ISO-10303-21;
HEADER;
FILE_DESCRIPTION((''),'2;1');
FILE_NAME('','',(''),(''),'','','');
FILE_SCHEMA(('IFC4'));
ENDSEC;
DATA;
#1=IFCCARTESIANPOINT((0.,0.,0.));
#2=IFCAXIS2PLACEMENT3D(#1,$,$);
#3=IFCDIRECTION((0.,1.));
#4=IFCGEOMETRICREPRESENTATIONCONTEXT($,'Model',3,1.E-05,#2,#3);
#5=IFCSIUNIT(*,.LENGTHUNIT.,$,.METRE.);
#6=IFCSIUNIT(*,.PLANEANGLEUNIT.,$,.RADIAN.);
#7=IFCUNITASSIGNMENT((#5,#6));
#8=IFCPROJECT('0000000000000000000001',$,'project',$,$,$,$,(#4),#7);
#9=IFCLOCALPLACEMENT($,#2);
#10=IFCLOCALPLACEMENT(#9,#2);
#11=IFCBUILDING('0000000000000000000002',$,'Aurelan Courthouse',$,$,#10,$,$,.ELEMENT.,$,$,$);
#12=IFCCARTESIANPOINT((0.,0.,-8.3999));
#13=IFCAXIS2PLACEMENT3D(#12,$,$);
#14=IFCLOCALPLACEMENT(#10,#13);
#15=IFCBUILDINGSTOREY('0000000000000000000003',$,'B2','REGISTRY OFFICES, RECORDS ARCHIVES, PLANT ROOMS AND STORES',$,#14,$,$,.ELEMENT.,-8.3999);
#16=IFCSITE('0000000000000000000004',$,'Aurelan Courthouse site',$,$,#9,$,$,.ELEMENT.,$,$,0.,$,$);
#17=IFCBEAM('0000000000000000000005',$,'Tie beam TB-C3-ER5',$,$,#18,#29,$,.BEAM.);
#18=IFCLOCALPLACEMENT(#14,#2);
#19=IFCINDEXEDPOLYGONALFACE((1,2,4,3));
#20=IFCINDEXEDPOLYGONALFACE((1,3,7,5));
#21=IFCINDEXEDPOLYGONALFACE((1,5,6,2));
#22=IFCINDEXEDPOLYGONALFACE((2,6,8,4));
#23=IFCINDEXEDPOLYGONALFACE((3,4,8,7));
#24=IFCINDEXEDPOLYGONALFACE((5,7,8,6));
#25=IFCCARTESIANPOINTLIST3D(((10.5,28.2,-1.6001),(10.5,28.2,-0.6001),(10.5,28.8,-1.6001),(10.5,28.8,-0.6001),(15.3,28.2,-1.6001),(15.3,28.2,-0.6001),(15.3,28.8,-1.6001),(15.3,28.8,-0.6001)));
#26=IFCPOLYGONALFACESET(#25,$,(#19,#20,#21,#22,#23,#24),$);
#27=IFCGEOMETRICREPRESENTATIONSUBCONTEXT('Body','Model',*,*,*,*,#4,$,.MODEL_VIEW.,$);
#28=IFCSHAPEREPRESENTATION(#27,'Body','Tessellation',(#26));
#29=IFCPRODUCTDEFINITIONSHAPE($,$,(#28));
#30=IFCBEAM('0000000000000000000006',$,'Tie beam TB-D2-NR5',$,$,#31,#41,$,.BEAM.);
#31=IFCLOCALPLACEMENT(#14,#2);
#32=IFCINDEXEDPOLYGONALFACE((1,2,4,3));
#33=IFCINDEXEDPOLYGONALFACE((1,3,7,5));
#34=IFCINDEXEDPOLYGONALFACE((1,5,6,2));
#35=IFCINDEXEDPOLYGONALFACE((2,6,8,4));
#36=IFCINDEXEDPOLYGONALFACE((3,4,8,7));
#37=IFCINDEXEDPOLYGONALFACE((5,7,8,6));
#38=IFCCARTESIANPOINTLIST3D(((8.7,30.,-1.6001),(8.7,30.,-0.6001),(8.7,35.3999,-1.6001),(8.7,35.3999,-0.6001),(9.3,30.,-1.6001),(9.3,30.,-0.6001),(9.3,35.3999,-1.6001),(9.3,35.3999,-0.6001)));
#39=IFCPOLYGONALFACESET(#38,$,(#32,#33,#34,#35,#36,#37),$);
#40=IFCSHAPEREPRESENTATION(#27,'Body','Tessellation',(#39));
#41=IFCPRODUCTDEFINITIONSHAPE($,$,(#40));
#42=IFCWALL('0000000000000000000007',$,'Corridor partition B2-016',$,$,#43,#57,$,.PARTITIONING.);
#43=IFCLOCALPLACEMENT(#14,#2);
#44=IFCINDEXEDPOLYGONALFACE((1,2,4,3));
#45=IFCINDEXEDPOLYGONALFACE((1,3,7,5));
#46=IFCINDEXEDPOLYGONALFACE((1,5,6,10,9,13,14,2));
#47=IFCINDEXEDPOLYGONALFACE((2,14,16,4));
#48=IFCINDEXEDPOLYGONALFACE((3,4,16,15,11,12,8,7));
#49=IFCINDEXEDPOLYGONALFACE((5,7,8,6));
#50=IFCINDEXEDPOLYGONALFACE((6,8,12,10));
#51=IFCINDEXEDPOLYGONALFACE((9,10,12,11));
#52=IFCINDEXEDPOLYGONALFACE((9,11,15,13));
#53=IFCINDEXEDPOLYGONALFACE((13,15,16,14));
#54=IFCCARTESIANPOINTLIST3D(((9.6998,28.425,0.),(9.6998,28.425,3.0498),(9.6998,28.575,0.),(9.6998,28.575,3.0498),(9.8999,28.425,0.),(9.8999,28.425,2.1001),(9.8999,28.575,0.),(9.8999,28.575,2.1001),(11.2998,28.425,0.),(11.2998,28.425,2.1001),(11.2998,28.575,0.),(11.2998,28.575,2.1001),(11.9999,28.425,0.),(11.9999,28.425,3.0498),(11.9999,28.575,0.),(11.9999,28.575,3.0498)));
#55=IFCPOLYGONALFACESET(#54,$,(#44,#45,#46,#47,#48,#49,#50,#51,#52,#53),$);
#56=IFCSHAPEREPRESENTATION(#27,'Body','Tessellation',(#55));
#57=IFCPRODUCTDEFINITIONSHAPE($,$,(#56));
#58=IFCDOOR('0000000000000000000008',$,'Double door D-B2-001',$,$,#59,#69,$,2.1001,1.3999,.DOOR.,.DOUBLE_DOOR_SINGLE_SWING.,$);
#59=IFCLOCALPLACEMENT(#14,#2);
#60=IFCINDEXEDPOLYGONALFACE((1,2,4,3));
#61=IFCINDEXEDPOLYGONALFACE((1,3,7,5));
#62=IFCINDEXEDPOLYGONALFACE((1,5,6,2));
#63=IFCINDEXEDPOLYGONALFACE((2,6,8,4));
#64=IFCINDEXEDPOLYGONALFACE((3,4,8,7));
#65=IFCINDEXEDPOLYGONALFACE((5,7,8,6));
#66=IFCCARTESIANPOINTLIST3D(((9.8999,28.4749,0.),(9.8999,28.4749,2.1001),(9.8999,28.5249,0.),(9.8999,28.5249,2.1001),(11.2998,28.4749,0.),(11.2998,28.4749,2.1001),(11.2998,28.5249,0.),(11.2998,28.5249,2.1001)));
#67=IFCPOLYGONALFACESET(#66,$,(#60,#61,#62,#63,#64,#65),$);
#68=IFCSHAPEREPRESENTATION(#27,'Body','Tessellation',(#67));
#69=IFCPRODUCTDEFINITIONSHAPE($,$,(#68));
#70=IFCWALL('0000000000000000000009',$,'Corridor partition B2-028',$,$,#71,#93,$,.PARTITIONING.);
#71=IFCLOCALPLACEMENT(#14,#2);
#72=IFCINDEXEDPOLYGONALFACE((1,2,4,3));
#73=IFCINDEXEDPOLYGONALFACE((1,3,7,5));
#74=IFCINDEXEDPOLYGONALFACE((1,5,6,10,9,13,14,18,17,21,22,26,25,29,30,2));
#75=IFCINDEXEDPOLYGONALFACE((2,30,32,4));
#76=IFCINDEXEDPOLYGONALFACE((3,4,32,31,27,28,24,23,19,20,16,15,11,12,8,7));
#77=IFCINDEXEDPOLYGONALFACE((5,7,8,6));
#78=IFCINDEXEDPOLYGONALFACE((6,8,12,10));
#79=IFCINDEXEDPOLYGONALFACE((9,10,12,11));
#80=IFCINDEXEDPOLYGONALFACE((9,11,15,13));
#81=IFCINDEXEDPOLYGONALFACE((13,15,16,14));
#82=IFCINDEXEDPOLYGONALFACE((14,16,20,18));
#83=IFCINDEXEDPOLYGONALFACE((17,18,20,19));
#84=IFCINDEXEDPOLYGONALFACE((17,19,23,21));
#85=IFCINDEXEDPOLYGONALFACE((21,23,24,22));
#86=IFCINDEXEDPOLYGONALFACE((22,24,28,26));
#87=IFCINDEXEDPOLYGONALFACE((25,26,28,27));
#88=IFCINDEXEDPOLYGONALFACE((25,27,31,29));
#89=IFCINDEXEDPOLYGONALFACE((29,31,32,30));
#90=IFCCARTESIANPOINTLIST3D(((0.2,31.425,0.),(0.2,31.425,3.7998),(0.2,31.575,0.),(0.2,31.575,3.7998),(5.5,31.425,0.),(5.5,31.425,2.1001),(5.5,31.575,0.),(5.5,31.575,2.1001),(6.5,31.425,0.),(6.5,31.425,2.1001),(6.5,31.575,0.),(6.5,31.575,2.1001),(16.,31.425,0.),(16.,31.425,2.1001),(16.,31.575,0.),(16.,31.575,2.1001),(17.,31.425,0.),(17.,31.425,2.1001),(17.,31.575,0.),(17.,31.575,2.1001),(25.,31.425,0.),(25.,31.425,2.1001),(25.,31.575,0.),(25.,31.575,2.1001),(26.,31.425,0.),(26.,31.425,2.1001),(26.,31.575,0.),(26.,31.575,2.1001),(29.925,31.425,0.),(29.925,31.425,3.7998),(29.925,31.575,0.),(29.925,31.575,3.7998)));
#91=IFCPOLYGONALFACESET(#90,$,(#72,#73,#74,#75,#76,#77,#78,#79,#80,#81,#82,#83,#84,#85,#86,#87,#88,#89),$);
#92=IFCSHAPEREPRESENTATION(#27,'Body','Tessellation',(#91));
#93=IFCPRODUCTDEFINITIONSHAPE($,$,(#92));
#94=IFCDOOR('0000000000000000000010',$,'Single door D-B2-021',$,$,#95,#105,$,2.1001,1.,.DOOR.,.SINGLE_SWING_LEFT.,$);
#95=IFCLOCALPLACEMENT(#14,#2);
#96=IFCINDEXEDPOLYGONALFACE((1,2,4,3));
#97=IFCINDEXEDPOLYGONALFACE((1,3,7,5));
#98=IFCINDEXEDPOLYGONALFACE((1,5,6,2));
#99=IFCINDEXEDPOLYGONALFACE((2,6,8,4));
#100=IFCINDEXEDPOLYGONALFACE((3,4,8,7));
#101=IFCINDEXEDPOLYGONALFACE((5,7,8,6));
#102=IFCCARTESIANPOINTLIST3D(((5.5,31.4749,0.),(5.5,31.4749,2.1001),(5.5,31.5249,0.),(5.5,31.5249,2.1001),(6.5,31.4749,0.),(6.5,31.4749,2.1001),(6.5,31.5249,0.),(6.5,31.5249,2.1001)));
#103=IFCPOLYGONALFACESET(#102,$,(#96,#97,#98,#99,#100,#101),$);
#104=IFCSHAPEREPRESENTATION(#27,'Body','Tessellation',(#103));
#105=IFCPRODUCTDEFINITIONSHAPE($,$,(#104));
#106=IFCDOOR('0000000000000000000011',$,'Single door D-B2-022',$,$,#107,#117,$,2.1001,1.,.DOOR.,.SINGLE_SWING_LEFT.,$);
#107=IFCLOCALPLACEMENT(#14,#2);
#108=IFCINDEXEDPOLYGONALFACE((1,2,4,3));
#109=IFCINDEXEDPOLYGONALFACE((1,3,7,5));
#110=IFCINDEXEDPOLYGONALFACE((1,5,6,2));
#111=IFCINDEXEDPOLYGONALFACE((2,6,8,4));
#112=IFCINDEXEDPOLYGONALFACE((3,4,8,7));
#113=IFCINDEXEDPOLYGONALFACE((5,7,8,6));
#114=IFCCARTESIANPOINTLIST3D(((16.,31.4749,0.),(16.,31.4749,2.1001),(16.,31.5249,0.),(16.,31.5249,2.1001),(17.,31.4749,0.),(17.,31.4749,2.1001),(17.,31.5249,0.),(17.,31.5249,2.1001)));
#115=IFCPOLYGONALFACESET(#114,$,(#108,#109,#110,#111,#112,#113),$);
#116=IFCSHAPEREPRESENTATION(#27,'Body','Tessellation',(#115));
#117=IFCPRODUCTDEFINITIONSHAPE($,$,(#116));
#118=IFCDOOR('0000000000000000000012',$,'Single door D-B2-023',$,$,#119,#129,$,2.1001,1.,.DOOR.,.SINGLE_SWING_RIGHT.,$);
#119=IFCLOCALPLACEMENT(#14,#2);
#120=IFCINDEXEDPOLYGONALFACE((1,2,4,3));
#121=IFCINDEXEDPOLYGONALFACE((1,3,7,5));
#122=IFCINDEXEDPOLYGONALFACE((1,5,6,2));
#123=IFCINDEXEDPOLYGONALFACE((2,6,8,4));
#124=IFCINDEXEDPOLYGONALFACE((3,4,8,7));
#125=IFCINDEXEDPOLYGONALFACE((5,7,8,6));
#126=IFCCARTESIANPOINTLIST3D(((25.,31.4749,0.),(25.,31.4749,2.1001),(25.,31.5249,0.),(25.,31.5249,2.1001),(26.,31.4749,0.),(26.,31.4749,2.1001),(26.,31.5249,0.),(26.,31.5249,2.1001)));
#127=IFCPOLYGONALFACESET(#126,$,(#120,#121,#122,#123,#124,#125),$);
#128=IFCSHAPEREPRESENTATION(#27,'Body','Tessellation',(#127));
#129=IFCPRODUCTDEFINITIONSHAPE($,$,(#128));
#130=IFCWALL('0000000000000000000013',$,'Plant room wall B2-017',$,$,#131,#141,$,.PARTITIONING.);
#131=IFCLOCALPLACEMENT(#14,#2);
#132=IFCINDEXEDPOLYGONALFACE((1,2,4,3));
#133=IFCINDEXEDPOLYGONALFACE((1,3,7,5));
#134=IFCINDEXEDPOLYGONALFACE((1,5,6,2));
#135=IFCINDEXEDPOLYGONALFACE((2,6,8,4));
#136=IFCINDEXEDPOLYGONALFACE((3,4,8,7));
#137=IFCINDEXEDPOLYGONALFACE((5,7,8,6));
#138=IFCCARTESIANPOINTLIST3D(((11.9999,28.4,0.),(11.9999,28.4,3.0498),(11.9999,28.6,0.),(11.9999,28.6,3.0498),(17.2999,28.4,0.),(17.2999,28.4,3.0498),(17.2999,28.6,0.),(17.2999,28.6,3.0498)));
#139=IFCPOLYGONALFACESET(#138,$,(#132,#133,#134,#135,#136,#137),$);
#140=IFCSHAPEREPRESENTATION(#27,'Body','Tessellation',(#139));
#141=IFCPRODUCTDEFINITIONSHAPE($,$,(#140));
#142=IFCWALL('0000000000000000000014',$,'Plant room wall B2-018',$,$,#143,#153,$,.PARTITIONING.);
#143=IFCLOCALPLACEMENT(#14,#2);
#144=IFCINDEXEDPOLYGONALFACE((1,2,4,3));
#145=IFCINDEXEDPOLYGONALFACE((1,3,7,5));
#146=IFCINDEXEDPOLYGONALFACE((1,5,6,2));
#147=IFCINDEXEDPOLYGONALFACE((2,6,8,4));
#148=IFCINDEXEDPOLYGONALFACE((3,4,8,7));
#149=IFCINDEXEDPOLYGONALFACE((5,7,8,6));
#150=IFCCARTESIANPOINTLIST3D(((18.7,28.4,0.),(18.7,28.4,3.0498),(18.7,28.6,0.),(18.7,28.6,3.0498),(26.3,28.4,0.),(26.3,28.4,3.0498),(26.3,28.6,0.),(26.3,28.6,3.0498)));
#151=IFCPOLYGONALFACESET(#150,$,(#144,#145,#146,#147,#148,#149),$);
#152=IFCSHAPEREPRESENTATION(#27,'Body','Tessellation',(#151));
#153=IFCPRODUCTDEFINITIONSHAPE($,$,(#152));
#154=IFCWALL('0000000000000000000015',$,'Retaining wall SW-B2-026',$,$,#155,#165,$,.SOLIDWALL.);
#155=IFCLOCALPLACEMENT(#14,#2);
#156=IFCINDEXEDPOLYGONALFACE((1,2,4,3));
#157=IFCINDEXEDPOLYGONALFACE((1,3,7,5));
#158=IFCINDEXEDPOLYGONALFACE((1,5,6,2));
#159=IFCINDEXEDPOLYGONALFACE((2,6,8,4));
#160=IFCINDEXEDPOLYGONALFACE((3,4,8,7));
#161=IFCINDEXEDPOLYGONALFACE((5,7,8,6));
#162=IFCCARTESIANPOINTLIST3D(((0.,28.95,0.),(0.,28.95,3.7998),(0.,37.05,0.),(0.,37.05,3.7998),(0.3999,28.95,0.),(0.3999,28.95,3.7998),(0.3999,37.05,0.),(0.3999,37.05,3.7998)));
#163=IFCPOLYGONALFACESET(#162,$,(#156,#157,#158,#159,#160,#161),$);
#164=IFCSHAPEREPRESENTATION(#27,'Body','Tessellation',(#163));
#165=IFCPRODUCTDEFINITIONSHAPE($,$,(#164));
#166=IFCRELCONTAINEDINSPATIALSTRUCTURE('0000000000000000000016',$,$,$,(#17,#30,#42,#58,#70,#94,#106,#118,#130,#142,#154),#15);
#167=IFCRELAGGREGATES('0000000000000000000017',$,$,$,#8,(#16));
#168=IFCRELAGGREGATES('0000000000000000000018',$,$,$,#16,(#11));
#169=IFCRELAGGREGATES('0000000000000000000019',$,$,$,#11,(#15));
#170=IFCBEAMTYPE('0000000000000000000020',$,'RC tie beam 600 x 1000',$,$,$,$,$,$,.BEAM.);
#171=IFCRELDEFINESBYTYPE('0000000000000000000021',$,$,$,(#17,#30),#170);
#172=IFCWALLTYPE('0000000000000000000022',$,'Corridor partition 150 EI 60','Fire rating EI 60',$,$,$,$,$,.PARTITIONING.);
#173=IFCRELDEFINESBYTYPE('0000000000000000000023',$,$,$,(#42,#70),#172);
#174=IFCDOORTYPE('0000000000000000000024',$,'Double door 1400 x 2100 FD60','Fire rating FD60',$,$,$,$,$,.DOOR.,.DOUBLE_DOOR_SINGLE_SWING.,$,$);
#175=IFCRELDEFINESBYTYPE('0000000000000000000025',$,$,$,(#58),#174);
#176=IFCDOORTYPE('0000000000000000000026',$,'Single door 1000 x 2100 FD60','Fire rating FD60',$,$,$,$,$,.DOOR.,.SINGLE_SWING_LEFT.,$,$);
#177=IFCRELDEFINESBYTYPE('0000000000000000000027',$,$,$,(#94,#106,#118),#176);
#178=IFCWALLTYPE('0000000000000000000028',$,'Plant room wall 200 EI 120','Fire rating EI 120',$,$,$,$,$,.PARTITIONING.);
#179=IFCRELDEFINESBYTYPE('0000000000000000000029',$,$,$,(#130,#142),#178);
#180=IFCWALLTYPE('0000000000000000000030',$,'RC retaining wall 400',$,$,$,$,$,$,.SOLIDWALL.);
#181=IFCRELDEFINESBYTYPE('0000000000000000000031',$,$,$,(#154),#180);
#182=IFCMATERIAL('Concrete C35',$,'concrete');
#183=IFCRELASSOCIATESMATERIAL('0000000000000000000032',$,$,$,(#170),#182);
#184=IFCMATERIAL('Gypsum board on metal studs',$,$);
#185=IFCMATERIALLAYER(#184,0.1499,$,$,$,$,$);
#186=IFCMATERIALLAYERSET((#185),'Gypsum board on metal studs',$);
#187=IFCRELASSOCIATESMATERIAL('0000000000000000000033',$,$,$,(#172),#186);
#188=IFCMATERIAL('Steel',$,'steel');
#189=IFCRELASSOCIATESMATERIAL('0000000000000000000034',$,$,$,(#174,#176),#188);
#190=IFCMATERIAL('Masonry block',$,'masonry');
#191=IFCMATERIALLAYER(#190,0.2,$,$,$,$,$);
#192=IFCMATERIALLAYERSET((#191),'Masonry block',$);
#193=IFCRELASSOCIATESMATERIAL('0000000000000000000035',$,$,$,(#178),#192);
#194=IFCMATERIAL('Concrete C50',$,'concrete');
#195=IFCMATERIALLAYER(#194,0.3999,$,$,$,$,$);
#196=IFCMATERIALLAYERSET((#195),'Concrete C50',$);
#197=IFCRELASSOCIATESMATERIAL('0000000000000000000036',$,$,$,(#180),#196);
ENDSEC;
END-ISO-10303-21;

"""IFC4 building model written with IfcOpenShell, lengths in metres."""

from ifc_helpers import new_model, si_unit, direction, frame, frame_2d, origin, origin_2d, place, context, subcontext, project, spatial, rectangle, extrude, material, layer, layer_set, material_profile, profile_set, type_object, element, fill, save


model = new_model("IFC4")

# Units and contexts
model_context = context("Model", 3, precision=1e-05, world=origin(), true_north=direction((0.0, 1.0)))
body_context = subcontext(model_context, "Body", "Model", "MODEL_VIEW")
ifc_project = project(units=[si_unit("LENGTHUNIT", "METRE"), si_unit("PLANEANGLEUNIT", "RADIAN")], contexts=[model_context])

# Site, building, storey
site_placement = place(None, origin())
site = spatial("IfcSite", under=ifc_project, at=site_placement, Name="Aurelan Courthouse site", CompositionType="ELEMENT", RefElevation=0.0)
building_placement = place(site_placement, origin())
building = spatial("IfcBuilding", under=site, at=building_placement, Name="Aurelan Courthouse", CompositionType="ELEMENT")
storey_placement = place(building_placement, frame((0.0, 0.0, -8.3999)))
storey = spatial("IfcBuildingStorey", under=building, at=storey_placement, Name="B2", Description="REGISTRY OFFICES, RECORDS ARCHIVES, PLANT ROOMS AND STORES", CompositionType="ELEMENT", Elevation=-8.3999)

# Shared definitions
ifc_material_1 = material(Name="Concrete C35", Category="concrete")

# Shared definitions
ifc_material_2 = material(Name="Concrete C50", Category="concrete")

# Beams
ifc_material_profile_1 = material_profile(ifc_material_1, rectangle(XDim=0.6001, YDim=1.0, at=origin_2d()), Name="RC 600 x 1000")
ifc_profile_set_1 = profile_set([ifc_material_profile_1], Name="Concrete C35")
beam_type_1 = type_object("IfcBeamType", Name="RC tie beam 600 x 1000", PredefinedType="BEAM", material=ifc_profile_set_1)
beam_1_placement = place(storey_placement, frame((10.5, 28.5, -1.1001), z_axis=(1.0, 0.0, 0.0), x_axis=(0.0, 1.0, 0.0)))
element("IfcBeam", 1, at=beam_1_placement, inside=storey, type_object=beam_type_1, Name="Tie beam TB-C3-ER5", PredefinedType="BEAM", context=body_context, shape_type="SweptSolid", body=[
    extrude(rectangle(XDim=0.6001, YDim=1.0, at=origin_2d()), origin(), (0.0, 0.0, 1.0), 4.8),
])
beam_2_placement = place(storey_placement, frame((9.0, 30.0, -1.1001), z_axis=(0.0, 1.0, 0.0), x_axis=(-1.0, 0.0, 0.0)))
element("IfcBeam", 2, at=beam_2_placement, inside=storey, type_object=beam_type_1, Name="Tie beam TB-D2-NR5", PredefinedType="BEAM", context=body_context, shape_type="SweptSolid", body=[
    extrude(rectangle(XDim=0.6001, YDim=1.0, at=origin_2d()), origin(), (0.0, 0.0, 1.0), 5.3999),
])

# Wall, opening, door
ifc_material_3 = material(Name="Gypsum board on metal studs")
ifc_layer_1 = layer(ifc_material_3, 0.1499)
ifc_layer_set_1 = layer_set([ifc_layer_1], Name="Gypsum board on metal studs")
wall_type_1 = type_object("IfcWallType", Name="Corridor partition 150 EI 60", Description="Fire rating EI 60", PredefinedType="PARTITIONING", material=ifc_layer_set_1)
wall_1_placement = place(storey_placement, frame((9.7, 28.5, 0.0), z_axis=(0.0, 0.0, 1.0), x_axis=(1.0, 0.0, 0.0)))
wall_1 = element("IfcWall", 3, at=wall_1_placement, inside=storey, type_object=wall_type_1, Name="Corridor partition B2-016", PredefinedType="PARTITIONING", context=body_context, shape_type="SweptSolid", body=[
    extrude(rectangle(XDim=2.3, YDim=0.1499, at=frame_2d((1.1499, 0.0))), origin(), (0.0, 0.0, 1.0), 3.0498),
])
opening_1_placement = place(wall_1_placement, frame((0.2, 0.0, 0.0)))
opening_1 = element("IfcOpeningElement", 4, at=opening_1_placement, cuts=wall_1, PredefinedType="OPENING", context=body_context, shape_type="SweptSolid", body=[
    extrude(rectangle(XDim=1.3999, YDim=2.1001, at=frame_2d((0.7, 1.05))), frame((0.0, 0.085, 0.0), z_axis=(0.0, -1.0, 0.0), x_axis=(1.0, 0.0, 0.0)), (0.0, 0.0, 1.0), 0.1699),
])
ifc_material_4 = material(Name="Steel", Category="steel")
door_type_1 = type_object("IfcDoorType", Name="Double door 1400 x 2100 FD60", Description="Fire rating FD60", OperationType="DOUBLE_DOOR_SINGLE_SWING", PredefinedType="DOOR", material=ifc_material_4)
door_1_placement = place(opening_1_placement, origin())
door_1 = element("IfcDoor", 5, at=door_1_placement, inside=storey, type_object=door_type_1, Name="Double door D-B2-001", OperationType="DOUBLE_DOOR_SINGLE_SWING", OverallHeight=2.1001, OverallWidth=1.3999, PredefinedType="DOOR", context=body_context, shape_type="SweptSolid", body=[
    extrude(rectangle(XDim=1.3999, YDim=2.1001, at=frame_2d((0.7, 1.05))), frame((0.0, 0.0249, 0.0), z_axis=(0.0, -1.0, 0.0), x_axis=(1.0, 0.0, 0.0)), (0.0, 0.0, 1.0), 0.05),
])
fill(opening_1, door_1)

# Wall, openings, doors
wall_2_placement = place(storey_placement, frame((0.2, 31.5, 0.0), z_axis=(0.0, 0.0, 1.0), x_axis=(1.0, 0.0, 0.0)))
wall_2 = element("IfcWall", 6, at=wall_2_placement, inside=storey, type_object=wall_type_1, Name="Corridor partition B2-028", PredefinedType="PARTITIONING", context=body_context, shape_type="SweptSolid", body=[
    extrude(rectangle(XDim=29.7251, YDim=0.1499, at=frame_2d((14.8625, 0.0))), origin(), (0.0, 0.0, 1.0), 3.7998),
])
opening_2_placement = place(wall_2_placement, frame((5.3, 0.0, 0.0)))
opening_2 = element("IfcOpeningElement", 7, at=opening_2_placement, cuts=wall_2, PredefinedType="OPENING", context=body_context, shape_type="SweptSolid", body=[
    extrude(rectangle(XDim=1.0, YDim=2.1001, at=frame_2d((0.5, 1.05))), frame((0.0, 0.085, 0.0), z_axis=(0.0, -1.0, 0.0), x_axis=(1.0, 0.0, 0.0)), (0.0, 0.0, 1.0), 0.1699),
])
opening_3_placement = place(wall_2_placement, frame((15.8, 0.0, 0.0)))
opening_3 = element("IfcOpeningElement", 8, at=opening_3_placement, cuts=wall_2, PredefinedType="OPENING", context=body_context, shape_type="SweptSolid", body=[
    extrude(rectangle(XDim=1.0, YDim=2.1001, at=frame_2d((0.5, 1.05))), frame((0.0, 0.085, 0.0), z_axis=(0.0, -1.0, 0.0), x_axis=(1.0, 0.0, 0.0)), (0.0, 0.0, 1.0), 0.1699),
])
opening_4_placement = place(wall_2_placement, frame((24.8, 0.0, 0.0)))
opening_4 = element("IfcOpeningElement", 9, at=opening_4_placement, cuts=wall_2, PredefinedType="OPENING", context=body_context, shape_type="SweptSolid", body=[
    extrude(rectangle(XDim=1.0, YDim=2.1001, at=frame_2d((0.5, 1.05))), frame((0.0, 0.085, 0.0), z_axis=(0.0, -1.0, 0.0), x_axis=(1.0, 0.0, 0.0)), (0.0, 0.0, 1.0), 0.1699),
])
door_type_2 = type_object("IfcDoorType", Name="Single door 1000 x 2100 FD60", Description="Fire rating FD60", OperationType="SINGLE_SWING_LEFT", PredefinedType="DOOR", material=ifc_material_4)
door_2_placement = place(opening_2_placement, origin())
door_2 = element("IfcDoor", 10, at=door_2_placement, inside=storey, type_object=door_type_2, Name="Single door D-B2-021", OperationType="SINGLE_SWING_LEFT", OverallHeight=2.1001, OverallWidth=1.0, PredefinedType="DOOR", context=body_context, shape_type="SweptSolid", body=[
    extrude(rectangle(XDim=1.0, YDim=2.1001, at=frame_2d((0.5, 1.05))), frame((0.0, 0.0249, 0.0), z_axis=(0.0, -1.0, 0.0), x_axis=(1.0, 0.0, 0.0)), (0.0, 0.0, 1.0), 0.05),
])
fill(opening_2, door_2)
door_3_placement = place(opening_3_placement, origin())
door_3 = element("IfcDoor", 11, at=door_3_placement, inside=storey, type_object=door_type_2, Name="Single door D-B2-022", OperationType="SINGLE_SWING_LEFT", OverallHeight=2.1001, OverallWidth=1.0, PredefinedType="DOOR", context=body_context, shape_type="SweptSolid", body=[
    extrude(rectangle(XDim=1.0, YDim=2.1001, at=frame_2d((0.5, 1.05))), frame((0.0, 0.0249, 0.0), z_axis=(0.0, -1.0, 0.0), x_axis=(1.0, 0.0, 0.0)), (0.0, 0.0, 1.0), 0.05),
])
fill(opening_3, door_3)
door_4_placement = place(opening_4_placement, origin())
door_4 = element("IfcDoor", 12, at=door_4_placement, inside=storey, type_object=door_type_2, Name="Single door D-B2-023", OperationType="SINGLE_SWING_RIGHT", OverallHeight=2.1001, OverallWidth=1.0, PredefinedType="DOOR", context=body_context, shape_type="SweptSolid", body=[
    extrude(rectangle(XDim=1.0, YDim=2.1001, at=frame_2d((0.5, 1.05))), frame((0.0, 0.0249, 0.0), z_axis=(0.0, -1.0, 0.0), x_axis=(1.0, 0.0, 0.0)), (0.0, 0.0, 1.0), 0.05),
])
fill(opening_4, door_4)

# Walls
ifc_material_5 = material(Name="Masonry block", Category="masonry")
ifc_layer_2 = layer(ifc_material_5, 0.2)
ifc_layer_set_2 = layer_set([ifc_layer_2], Name="Masonry block")
wall_type_2 = type_object("IfcWallType", Name="Plant room wall 200 EI 120", Description="Fire rating EI 120", PredefinedType="PARTITIONING", material=ifc_layer_set_2)
wall_3_placement = place(storey_placement, frame((12.0, 28.5, 0.0), z_axis=(0.0, 0.0, 1.0), x_axis=(1.0, 0.0, 0.0)))
element("IfcWall", 13, at=wall_3_placement, inside=storey, type_object=wall_type_2, Name="Plant room wall B2-017", PredefinedType="PARTITIONING", context=body_context, shape_type="SweptSolid", body=[
    extrude(rectangle(XDim=5.3, YDim=0.2, at=frame_2d((2.6499, 0.0))), origin(), (0.0, 0.0, 1.0), 3.0498),
])
wall_4_placement = place(storey_placement, frame((18.7, 28.5, 0.0), z_axis=(0.0, 0.0, 1.0), x_axis=(1.0, 0.0, 0.0)))
element("IfcWall", 14, at=wall_4_placement, inside=storey, type_object=wall_type_2, Name="Plant room wall B2-018", PredefinedType="PARTITIONING", context=body_context, shape_type="SweptSolid", body=[
    extrude(rectangle(XDim=7.6001, YDim=0.2, at=frame_2d((3.8, 0.0))), origin(), (0.0, 0.0, 1.0), 3.0498),
])
ifc_layer_3 = layer(ifc_material_2, 0.3999)
ifc_layer_set_3 = layer_set([ifc_layer_3], Name="Concrete C50")
wall_type_3 = type_object("IfcWallType", Name="RC retaining wall 400", PredefinedType="SOLIDWALL", material=ifc_layer_set_3)
wall_5_placement = place(storey_placement, frame((0.2, 28.95, 0.0), z_axis=(0.0, 0.0, 1.0), x_axis=(0.0, 1.0, 0.0)))
element("IfcWall", 15, at=wall_5_placement, inside=storey, type_object=wall_type_3, Name="Retaining wall SW-B2-026", PredefinedType="SOLIDWALL", context=body_context, shape_type="SweptSolid", body=[
    extrude(rectangle(XDim=8.1001, YDim=0.3999, at=frame_2d((4.05, 0.0))), origin(), (0.0, 0.0, 1.0), 3.7998),
])

save(model, "model.ifc")
